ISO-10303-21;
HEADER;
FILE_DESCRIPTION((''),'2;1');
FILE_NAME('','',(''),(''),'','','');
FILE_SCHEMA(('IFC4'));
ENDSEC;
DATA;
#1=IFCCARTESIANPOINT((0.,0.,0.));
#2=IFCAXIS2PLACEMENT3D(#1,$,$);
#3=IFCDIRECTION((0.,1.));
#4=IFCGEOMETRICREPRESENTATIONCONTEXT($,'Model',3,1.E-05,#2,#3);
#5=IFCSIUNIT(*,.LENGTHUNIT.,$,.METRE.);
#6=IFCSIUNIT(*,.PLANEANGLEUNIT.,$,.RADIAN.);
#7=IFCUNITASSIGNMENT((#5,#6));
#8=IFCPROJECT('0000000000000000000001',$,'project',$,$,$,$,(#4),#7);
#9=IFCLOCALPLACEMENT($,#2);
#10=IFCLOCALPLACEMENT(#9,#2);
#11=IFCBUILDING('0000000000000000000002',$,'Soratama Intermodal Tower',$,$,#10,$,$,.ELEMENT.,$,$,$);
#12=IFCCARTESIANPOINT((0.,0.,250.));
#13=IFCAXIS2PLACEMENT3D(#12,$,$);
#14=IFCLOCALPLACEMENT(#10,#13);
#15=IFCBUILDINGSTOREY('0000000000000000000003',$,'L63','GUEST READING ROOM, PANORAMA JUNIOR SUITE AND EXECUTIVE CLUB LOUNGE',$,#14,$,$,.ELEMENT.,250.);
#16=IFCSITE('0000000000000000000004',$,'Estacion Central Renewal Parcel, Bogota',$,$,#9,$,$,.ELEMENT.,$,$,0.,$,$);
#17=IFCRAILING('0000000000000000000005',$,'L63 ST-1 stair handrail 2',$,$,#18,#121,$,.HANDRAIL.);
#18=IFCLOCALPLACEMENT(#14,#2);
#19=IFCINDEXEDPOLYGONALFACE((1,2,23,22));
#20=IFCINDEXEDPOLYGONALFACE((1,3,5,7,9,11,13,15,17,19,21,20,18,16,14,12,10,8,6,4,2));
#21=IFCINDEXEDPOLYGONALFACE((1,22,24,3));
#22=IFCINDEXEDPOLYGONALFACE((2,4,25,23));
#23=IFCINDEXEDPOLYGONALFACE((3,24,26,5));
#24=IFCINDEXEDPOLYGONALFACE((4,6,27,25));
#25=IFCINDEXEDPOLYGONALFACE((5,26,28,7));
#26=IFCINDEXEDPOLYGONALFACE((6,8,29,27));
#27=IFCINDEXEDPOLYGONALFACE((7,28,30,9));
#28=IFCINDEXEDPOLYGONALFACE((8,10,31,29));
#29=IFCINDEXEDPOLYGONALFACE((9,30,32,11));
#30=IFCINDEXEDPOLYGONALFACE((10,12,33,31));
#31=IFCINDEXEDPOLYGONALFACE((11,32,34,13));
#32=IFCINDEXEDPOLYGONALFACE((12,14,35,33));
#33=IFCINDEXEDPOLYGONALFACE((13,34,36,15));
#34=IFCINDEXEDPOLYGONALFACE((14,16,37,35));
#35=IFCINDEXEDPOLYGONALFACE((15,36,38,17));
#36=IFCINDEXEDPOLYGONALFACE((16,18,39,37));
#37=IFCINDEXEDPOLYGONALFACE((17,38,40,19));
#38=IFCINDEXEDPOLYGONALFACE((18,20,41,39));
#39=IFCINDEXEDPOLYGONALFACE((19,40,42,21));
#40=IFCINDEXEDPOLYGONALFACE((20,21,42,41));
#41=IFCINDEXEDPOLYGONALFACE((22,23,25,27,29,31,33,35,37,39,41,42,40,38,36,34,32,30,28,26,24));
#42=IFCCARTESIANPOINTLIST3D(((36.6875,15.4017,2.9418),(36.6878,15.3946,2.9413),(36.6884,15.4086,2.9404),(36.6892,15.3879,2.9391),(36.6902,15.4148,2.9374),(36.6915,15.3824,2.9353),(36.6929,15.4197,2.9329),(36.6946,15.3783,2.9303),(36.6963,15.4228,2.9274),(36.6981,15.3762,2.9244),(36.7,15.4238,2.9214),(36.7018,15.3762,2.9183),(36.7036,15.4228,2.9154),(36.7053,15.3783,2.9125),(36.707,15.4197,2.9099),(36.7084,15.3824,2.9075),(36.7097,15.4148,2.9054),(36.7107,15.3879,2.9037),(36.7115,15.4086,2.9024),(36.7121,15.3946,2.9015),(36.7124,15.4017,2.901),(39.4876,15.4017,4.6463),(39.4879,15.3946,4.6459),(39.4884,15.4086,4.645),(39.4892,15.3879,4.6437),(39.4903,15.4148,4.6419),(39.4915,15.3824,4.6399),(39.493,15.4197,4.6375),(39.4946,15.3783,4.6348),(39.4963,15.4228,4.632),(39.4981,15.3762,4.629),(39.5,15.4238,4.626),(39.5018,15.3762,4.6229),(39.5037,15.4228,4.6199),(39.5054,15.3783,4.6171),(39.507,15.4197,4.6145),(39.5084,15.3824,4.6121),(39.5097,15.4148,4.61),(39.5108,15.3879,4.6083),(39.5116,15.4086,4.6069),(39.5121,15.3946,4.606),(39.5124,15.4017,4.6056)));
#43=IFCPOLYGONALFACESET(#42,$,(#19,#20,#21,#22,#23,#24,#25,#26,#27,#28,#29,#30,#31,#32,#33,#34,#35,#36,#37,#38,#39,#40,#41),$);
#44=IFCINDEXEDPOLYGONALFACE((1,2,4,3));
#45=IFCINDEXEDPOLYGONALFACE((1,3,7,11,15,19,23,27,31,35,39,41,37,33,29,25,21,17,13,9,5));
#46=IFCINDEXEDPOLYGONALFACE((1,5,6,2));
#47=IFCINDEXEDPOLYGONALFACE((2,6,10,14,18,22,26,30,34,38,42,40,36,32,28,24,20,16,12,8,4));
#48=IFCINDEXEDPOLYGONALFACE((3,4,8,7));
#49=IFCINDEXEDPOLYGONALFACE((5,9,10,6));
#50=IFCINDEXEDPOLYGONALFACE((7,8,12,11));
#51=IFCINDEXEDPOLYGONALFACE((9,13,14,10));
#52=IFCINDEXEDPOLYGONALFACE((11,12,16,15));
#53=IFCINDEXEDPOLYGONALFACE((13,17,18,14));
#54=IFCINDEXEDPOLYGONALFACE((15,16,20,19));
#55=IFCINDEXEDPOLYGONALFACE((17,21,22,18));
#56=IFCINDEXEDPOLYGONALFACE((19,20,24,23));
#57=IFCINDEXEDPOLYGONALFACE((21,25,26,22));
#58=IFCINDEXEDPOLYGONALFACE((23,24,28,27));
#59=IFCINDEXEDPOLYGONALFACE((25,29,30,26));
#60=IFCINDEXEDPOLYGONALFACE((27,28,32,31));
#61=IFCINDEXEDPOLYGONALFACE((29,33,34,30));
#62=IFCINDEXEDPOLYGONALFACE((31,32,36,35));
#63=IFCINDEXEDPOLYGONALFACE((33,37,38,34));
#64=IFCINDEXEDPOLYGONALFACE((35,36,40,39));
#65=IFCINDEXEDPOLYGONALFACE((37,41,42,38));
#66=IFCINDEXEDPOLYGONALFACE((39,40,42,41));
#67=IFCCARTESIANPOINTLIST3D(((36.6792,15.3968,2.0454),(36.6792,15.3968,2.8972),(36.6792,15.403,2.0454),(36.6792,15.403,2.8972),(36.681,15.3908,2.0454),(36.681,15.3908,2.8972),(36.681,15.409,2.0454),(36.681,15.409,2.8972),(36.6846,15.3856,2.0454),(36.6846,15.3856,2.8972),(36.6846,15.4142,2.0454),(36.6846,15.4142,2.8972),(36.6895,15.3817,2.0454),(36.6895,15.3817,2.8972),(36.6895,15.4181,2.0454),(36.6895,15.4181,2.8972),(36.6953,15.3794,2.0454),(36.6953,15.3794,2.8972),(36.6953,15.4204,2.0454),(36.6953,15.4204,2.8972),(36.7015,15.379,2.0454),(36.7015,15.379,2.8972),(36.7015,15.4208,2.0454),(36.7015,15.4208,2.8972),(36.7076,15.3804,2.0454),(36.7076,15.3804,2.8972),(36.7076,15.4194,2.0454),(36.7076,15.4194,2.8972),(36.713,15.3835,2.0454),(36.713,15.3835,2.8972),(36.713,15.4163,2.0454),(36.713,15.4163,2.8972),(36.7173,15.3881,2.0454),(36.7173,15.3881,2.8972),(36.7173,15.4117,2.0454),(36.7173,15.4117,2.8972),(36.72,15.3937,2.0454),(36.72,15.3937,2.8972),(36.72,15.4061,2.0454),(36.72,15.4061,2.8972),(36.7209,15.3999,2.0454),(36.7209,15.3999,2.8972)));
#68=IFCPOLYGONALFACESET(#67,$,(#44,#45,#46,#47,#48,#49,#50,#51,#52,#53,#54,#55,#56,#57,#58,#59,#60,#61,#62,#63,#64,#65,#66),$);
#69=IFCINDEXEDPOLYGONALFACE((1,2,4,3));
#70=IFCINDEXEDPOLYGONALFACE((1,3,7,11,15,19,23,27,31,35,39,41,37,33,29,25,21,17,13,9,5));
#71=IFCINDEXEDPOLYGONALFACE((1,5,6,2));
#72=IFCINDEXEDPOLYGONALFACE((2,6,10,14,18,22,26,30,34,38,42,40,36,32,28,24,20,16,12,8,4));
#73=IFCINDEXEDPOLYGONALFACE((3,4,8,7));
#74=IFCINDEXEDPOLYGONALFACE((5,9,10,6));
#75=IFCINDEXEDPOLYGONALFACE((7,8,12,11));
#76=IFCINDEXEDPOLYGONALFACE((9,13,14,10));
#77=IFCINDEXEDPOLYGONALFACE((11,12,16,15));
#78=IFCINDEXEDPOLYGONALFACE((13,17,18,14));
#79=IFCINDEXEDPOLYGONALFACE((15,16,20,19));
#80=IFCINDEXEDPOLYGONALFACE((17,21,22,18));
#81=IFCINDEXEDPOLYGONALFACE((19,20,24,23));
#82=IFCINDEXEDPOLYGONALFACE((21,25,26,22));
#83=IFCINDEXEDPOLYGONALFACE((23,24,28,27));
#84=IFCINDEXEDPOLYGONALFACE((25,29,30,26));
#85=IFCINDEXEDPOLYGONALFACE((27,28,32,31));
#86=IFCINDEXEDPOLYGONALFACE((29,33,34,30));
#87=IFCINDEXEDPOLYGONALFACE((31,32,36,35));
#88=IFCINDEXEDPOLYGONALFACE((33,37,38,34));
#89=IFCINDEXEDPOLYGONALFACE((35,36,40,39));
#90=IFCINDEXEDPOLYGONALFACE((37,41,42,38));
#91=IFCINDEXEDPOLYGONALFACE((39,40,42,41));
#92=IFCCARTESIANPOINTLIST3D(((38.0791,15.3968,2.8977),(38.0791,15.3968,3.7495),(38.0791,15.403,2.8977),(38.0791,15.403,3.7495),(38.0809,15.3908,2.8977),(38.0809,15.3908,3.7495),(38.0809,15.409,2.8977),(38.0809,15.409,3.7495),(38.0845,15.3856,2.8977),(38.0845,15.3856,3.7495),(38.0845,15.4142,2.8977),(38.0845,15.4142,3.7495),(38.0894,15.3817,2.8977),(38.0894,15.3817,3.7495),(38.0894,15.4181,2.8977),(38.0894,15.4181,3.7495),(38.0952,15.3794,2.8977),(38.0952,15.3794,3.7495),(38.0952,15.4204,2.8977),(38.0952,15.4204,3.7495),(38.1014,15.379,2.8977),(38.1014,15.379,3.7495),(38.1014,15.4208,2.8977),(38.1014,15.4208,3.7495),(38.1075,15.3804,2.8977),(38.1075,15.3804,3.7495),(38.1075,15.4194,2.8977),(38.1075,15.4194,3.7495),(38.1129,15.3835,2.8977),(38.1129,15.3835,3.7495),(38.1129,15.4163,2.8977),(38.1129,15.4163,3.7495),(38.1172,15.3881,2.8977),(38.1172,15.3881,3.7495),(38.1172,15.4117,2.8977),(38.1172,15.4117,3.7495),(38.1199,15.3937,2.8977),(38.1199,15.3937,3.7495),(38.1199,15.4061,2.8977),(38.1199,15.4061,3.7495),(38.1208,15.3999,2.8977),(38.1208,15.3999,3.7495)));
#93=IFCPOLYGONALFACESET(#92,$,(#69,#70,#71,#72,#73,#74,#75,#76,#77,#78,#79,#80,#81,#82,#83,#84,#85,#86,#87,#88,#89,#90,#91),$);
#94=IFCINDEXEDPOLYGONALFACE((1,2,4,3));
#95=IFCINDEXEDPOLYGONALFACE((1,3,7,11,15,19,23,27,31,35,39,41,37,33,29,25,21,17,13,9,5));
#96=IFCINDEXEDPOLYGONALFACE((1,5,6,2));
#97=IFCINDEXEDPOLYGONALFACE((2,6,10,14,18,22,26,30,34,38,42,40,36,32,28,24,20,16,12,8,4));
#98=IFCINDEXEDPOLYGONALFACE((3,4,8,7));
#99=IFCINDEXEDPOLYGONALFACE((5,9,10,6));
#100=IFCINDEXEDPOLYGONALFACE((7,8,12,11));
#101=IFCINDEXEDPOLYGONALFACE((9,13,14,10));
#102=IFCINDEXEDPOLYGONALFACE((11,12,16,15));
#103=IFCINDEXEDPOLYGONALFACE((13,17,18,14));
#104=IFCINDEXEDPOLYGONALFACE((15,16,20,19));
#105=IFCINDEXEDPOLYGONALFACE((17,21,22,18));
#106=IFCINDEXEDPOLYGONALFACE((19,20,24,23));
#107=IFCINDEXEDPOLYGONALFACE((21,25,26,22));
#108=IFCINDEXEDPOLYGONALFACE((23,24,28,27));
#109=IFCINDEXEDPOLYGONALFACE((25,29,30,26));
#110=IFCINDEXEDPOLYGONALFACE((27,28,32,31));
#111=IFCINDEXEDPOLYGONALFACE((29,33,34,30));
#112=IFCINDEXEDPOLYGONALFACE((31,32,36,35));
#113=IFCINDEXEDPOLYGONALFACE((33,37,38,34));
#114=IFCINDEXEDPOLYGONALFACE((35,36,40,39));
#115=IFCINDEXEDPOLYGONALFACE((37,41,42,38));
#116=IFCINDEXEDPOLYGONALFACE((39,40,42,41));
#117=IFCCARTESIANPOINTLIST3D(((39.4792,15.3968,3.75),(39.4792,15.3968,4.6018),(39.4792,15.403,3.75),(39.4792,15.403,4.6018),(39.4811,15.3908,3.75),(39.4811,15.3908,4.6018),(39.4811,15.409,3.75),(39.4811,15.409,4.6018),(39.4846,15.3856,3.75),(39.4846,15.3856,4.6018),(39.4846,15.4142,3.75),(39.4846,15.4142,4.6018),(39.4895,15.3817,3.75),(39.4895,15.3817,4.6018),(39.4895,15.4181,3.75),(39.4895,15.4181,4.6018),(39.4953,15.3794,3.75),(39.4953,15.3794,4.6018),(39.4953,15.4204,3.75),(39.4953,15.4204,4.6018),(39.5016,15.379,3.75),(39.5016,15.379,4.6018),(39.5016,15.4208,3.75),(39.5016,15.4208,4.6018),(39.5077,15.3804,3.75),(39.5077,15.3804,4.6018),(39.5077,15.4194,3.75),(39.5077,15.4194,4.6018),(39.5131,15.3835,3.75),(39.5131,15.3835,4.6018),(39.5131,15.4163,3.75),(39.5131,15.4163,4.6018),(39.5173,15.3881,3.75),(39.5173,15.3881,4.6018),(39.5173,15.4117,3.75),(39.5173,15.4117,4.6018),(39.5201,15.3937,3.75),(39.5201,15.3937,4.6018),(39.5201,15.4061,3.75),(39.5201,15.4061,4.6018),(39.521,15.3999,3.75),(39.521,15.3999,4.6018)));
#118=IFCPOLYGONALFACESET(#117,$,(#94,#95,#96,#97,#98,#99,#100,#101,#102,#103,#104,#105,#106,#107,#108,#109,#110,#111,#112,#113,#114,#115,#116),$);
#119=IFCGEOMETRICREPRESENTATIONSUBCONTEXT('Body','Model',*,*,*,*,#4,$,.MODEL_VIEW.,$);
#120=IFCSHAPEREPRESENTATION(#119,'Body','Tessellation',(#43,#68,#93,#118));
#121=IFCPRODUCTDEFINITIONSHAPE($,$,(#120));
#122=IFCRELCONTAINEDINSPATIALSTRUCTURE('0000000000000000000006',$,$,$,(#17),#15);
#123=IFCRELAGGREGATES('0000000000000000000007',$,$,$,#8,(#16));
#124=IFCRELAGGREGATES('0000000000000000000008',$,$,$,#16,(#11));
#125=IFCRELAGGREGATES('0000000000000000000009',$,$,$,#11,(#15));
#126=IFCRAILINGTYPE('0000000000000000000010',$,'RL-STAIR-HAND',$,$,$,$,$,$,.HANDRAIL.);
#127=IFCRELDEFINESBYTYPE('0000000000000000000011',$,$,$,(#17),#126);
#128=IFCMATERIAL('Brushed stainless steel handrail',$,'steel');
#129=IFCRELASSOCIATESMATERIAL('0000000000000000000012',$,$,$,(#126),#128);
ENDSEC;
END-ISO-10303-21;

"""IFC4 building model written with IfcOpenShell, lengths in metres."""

from ifc_helpers import new_model, si_unit, direction, frame, origin, origin_2d, place, context, subcontext, project, spatial, circle, extrude, material, type_object, element, save


model = new_model("IFC4")

# Units and contexts
model_context = context("Model", 3, precision=1e-05, world=origin(), true_north=direction((0.0, 1.0)))
body_context = subcontext(model_context, "Body", "Model", "MODEL_VIEW")
ifc_project = project(units=[si_unit("LENGTHUNIT", "METRE"), si_unit("PLANEANGLEUNIT", "RADIAN")], contexts=[model_context])

# Site, building, storey
site_placement = place(None, origin())
site = spatial("IfcSite", under=ifc_project, at=site_placement, Name="Estacion Central Renewal Parcel, Bogota", CompositionType="ELEMENT", RefElevation=0.0)
building_placement = place(site_placement, origin())
building = spatial("IfcBuilding", under=site, at=building_placement, Name="Soratama Intermodal Tower", CompositionType="ELEMENT")
storey_placement = place(building_placement, frame((0.0, 0.0, 250.0)))
storey = spatial("IfcBuildingStorey", under=building, at=storey_placement, Name="L63", Description="GUEST READING ROOM, PANORAMA JUNIOR SUITE AND EXECUTIVE CLUB LOUNGE", CompositionType="ELEMENT", Elevation=250.0)

# Railing
ifc_material_1 = material(Name="Brushed stainless steel handrail", Category="steel")
railing_type_1 = type_object("IfcRailingType", Name="RL-STAIR-HAND", PredefinedType="HANDRAIL", material=ifc_material_1)
railing_1_placement = place(storey_placement, frame((36.7, 15.3999, 2.0454)))
element("IfcRailing", 1, at=railing_1_placement, inside=storey, type_object=railing_type_1, Name="L63 ST-1 stair handrail 2", PredefinedType="HANDRAIL", context=body_context, shape_type="SweptSolid", body=[
    extrude(circle(Radius=0.0239, at=origin_2d()), frame((0.0, 0.0, 0.876), z_axis=(0.85417, 0.0, 0.519994), x_axis=(0.0, 1.0, 0.0)), (0.0, 0.0, 1.0), 3.2781),
    extrude(circle(Radius=0.021, at=origin_2d()), origin(), (0.0, 0.0, 1.0), 0.8518),
    extrude(circle(Radius=0.021, at=origin_2d()), frame((1.3999, 0.0, 0.8523)), (0.0, 0.0, 1.0), 0.8518),
    extrude(circle(Radius=0.021, at=origin_2d()), frame((2.8, 0.0, 1.7046)), (0.0, 0.0, 1.0), 0.8518),
])

save(model, "model.ifc")
